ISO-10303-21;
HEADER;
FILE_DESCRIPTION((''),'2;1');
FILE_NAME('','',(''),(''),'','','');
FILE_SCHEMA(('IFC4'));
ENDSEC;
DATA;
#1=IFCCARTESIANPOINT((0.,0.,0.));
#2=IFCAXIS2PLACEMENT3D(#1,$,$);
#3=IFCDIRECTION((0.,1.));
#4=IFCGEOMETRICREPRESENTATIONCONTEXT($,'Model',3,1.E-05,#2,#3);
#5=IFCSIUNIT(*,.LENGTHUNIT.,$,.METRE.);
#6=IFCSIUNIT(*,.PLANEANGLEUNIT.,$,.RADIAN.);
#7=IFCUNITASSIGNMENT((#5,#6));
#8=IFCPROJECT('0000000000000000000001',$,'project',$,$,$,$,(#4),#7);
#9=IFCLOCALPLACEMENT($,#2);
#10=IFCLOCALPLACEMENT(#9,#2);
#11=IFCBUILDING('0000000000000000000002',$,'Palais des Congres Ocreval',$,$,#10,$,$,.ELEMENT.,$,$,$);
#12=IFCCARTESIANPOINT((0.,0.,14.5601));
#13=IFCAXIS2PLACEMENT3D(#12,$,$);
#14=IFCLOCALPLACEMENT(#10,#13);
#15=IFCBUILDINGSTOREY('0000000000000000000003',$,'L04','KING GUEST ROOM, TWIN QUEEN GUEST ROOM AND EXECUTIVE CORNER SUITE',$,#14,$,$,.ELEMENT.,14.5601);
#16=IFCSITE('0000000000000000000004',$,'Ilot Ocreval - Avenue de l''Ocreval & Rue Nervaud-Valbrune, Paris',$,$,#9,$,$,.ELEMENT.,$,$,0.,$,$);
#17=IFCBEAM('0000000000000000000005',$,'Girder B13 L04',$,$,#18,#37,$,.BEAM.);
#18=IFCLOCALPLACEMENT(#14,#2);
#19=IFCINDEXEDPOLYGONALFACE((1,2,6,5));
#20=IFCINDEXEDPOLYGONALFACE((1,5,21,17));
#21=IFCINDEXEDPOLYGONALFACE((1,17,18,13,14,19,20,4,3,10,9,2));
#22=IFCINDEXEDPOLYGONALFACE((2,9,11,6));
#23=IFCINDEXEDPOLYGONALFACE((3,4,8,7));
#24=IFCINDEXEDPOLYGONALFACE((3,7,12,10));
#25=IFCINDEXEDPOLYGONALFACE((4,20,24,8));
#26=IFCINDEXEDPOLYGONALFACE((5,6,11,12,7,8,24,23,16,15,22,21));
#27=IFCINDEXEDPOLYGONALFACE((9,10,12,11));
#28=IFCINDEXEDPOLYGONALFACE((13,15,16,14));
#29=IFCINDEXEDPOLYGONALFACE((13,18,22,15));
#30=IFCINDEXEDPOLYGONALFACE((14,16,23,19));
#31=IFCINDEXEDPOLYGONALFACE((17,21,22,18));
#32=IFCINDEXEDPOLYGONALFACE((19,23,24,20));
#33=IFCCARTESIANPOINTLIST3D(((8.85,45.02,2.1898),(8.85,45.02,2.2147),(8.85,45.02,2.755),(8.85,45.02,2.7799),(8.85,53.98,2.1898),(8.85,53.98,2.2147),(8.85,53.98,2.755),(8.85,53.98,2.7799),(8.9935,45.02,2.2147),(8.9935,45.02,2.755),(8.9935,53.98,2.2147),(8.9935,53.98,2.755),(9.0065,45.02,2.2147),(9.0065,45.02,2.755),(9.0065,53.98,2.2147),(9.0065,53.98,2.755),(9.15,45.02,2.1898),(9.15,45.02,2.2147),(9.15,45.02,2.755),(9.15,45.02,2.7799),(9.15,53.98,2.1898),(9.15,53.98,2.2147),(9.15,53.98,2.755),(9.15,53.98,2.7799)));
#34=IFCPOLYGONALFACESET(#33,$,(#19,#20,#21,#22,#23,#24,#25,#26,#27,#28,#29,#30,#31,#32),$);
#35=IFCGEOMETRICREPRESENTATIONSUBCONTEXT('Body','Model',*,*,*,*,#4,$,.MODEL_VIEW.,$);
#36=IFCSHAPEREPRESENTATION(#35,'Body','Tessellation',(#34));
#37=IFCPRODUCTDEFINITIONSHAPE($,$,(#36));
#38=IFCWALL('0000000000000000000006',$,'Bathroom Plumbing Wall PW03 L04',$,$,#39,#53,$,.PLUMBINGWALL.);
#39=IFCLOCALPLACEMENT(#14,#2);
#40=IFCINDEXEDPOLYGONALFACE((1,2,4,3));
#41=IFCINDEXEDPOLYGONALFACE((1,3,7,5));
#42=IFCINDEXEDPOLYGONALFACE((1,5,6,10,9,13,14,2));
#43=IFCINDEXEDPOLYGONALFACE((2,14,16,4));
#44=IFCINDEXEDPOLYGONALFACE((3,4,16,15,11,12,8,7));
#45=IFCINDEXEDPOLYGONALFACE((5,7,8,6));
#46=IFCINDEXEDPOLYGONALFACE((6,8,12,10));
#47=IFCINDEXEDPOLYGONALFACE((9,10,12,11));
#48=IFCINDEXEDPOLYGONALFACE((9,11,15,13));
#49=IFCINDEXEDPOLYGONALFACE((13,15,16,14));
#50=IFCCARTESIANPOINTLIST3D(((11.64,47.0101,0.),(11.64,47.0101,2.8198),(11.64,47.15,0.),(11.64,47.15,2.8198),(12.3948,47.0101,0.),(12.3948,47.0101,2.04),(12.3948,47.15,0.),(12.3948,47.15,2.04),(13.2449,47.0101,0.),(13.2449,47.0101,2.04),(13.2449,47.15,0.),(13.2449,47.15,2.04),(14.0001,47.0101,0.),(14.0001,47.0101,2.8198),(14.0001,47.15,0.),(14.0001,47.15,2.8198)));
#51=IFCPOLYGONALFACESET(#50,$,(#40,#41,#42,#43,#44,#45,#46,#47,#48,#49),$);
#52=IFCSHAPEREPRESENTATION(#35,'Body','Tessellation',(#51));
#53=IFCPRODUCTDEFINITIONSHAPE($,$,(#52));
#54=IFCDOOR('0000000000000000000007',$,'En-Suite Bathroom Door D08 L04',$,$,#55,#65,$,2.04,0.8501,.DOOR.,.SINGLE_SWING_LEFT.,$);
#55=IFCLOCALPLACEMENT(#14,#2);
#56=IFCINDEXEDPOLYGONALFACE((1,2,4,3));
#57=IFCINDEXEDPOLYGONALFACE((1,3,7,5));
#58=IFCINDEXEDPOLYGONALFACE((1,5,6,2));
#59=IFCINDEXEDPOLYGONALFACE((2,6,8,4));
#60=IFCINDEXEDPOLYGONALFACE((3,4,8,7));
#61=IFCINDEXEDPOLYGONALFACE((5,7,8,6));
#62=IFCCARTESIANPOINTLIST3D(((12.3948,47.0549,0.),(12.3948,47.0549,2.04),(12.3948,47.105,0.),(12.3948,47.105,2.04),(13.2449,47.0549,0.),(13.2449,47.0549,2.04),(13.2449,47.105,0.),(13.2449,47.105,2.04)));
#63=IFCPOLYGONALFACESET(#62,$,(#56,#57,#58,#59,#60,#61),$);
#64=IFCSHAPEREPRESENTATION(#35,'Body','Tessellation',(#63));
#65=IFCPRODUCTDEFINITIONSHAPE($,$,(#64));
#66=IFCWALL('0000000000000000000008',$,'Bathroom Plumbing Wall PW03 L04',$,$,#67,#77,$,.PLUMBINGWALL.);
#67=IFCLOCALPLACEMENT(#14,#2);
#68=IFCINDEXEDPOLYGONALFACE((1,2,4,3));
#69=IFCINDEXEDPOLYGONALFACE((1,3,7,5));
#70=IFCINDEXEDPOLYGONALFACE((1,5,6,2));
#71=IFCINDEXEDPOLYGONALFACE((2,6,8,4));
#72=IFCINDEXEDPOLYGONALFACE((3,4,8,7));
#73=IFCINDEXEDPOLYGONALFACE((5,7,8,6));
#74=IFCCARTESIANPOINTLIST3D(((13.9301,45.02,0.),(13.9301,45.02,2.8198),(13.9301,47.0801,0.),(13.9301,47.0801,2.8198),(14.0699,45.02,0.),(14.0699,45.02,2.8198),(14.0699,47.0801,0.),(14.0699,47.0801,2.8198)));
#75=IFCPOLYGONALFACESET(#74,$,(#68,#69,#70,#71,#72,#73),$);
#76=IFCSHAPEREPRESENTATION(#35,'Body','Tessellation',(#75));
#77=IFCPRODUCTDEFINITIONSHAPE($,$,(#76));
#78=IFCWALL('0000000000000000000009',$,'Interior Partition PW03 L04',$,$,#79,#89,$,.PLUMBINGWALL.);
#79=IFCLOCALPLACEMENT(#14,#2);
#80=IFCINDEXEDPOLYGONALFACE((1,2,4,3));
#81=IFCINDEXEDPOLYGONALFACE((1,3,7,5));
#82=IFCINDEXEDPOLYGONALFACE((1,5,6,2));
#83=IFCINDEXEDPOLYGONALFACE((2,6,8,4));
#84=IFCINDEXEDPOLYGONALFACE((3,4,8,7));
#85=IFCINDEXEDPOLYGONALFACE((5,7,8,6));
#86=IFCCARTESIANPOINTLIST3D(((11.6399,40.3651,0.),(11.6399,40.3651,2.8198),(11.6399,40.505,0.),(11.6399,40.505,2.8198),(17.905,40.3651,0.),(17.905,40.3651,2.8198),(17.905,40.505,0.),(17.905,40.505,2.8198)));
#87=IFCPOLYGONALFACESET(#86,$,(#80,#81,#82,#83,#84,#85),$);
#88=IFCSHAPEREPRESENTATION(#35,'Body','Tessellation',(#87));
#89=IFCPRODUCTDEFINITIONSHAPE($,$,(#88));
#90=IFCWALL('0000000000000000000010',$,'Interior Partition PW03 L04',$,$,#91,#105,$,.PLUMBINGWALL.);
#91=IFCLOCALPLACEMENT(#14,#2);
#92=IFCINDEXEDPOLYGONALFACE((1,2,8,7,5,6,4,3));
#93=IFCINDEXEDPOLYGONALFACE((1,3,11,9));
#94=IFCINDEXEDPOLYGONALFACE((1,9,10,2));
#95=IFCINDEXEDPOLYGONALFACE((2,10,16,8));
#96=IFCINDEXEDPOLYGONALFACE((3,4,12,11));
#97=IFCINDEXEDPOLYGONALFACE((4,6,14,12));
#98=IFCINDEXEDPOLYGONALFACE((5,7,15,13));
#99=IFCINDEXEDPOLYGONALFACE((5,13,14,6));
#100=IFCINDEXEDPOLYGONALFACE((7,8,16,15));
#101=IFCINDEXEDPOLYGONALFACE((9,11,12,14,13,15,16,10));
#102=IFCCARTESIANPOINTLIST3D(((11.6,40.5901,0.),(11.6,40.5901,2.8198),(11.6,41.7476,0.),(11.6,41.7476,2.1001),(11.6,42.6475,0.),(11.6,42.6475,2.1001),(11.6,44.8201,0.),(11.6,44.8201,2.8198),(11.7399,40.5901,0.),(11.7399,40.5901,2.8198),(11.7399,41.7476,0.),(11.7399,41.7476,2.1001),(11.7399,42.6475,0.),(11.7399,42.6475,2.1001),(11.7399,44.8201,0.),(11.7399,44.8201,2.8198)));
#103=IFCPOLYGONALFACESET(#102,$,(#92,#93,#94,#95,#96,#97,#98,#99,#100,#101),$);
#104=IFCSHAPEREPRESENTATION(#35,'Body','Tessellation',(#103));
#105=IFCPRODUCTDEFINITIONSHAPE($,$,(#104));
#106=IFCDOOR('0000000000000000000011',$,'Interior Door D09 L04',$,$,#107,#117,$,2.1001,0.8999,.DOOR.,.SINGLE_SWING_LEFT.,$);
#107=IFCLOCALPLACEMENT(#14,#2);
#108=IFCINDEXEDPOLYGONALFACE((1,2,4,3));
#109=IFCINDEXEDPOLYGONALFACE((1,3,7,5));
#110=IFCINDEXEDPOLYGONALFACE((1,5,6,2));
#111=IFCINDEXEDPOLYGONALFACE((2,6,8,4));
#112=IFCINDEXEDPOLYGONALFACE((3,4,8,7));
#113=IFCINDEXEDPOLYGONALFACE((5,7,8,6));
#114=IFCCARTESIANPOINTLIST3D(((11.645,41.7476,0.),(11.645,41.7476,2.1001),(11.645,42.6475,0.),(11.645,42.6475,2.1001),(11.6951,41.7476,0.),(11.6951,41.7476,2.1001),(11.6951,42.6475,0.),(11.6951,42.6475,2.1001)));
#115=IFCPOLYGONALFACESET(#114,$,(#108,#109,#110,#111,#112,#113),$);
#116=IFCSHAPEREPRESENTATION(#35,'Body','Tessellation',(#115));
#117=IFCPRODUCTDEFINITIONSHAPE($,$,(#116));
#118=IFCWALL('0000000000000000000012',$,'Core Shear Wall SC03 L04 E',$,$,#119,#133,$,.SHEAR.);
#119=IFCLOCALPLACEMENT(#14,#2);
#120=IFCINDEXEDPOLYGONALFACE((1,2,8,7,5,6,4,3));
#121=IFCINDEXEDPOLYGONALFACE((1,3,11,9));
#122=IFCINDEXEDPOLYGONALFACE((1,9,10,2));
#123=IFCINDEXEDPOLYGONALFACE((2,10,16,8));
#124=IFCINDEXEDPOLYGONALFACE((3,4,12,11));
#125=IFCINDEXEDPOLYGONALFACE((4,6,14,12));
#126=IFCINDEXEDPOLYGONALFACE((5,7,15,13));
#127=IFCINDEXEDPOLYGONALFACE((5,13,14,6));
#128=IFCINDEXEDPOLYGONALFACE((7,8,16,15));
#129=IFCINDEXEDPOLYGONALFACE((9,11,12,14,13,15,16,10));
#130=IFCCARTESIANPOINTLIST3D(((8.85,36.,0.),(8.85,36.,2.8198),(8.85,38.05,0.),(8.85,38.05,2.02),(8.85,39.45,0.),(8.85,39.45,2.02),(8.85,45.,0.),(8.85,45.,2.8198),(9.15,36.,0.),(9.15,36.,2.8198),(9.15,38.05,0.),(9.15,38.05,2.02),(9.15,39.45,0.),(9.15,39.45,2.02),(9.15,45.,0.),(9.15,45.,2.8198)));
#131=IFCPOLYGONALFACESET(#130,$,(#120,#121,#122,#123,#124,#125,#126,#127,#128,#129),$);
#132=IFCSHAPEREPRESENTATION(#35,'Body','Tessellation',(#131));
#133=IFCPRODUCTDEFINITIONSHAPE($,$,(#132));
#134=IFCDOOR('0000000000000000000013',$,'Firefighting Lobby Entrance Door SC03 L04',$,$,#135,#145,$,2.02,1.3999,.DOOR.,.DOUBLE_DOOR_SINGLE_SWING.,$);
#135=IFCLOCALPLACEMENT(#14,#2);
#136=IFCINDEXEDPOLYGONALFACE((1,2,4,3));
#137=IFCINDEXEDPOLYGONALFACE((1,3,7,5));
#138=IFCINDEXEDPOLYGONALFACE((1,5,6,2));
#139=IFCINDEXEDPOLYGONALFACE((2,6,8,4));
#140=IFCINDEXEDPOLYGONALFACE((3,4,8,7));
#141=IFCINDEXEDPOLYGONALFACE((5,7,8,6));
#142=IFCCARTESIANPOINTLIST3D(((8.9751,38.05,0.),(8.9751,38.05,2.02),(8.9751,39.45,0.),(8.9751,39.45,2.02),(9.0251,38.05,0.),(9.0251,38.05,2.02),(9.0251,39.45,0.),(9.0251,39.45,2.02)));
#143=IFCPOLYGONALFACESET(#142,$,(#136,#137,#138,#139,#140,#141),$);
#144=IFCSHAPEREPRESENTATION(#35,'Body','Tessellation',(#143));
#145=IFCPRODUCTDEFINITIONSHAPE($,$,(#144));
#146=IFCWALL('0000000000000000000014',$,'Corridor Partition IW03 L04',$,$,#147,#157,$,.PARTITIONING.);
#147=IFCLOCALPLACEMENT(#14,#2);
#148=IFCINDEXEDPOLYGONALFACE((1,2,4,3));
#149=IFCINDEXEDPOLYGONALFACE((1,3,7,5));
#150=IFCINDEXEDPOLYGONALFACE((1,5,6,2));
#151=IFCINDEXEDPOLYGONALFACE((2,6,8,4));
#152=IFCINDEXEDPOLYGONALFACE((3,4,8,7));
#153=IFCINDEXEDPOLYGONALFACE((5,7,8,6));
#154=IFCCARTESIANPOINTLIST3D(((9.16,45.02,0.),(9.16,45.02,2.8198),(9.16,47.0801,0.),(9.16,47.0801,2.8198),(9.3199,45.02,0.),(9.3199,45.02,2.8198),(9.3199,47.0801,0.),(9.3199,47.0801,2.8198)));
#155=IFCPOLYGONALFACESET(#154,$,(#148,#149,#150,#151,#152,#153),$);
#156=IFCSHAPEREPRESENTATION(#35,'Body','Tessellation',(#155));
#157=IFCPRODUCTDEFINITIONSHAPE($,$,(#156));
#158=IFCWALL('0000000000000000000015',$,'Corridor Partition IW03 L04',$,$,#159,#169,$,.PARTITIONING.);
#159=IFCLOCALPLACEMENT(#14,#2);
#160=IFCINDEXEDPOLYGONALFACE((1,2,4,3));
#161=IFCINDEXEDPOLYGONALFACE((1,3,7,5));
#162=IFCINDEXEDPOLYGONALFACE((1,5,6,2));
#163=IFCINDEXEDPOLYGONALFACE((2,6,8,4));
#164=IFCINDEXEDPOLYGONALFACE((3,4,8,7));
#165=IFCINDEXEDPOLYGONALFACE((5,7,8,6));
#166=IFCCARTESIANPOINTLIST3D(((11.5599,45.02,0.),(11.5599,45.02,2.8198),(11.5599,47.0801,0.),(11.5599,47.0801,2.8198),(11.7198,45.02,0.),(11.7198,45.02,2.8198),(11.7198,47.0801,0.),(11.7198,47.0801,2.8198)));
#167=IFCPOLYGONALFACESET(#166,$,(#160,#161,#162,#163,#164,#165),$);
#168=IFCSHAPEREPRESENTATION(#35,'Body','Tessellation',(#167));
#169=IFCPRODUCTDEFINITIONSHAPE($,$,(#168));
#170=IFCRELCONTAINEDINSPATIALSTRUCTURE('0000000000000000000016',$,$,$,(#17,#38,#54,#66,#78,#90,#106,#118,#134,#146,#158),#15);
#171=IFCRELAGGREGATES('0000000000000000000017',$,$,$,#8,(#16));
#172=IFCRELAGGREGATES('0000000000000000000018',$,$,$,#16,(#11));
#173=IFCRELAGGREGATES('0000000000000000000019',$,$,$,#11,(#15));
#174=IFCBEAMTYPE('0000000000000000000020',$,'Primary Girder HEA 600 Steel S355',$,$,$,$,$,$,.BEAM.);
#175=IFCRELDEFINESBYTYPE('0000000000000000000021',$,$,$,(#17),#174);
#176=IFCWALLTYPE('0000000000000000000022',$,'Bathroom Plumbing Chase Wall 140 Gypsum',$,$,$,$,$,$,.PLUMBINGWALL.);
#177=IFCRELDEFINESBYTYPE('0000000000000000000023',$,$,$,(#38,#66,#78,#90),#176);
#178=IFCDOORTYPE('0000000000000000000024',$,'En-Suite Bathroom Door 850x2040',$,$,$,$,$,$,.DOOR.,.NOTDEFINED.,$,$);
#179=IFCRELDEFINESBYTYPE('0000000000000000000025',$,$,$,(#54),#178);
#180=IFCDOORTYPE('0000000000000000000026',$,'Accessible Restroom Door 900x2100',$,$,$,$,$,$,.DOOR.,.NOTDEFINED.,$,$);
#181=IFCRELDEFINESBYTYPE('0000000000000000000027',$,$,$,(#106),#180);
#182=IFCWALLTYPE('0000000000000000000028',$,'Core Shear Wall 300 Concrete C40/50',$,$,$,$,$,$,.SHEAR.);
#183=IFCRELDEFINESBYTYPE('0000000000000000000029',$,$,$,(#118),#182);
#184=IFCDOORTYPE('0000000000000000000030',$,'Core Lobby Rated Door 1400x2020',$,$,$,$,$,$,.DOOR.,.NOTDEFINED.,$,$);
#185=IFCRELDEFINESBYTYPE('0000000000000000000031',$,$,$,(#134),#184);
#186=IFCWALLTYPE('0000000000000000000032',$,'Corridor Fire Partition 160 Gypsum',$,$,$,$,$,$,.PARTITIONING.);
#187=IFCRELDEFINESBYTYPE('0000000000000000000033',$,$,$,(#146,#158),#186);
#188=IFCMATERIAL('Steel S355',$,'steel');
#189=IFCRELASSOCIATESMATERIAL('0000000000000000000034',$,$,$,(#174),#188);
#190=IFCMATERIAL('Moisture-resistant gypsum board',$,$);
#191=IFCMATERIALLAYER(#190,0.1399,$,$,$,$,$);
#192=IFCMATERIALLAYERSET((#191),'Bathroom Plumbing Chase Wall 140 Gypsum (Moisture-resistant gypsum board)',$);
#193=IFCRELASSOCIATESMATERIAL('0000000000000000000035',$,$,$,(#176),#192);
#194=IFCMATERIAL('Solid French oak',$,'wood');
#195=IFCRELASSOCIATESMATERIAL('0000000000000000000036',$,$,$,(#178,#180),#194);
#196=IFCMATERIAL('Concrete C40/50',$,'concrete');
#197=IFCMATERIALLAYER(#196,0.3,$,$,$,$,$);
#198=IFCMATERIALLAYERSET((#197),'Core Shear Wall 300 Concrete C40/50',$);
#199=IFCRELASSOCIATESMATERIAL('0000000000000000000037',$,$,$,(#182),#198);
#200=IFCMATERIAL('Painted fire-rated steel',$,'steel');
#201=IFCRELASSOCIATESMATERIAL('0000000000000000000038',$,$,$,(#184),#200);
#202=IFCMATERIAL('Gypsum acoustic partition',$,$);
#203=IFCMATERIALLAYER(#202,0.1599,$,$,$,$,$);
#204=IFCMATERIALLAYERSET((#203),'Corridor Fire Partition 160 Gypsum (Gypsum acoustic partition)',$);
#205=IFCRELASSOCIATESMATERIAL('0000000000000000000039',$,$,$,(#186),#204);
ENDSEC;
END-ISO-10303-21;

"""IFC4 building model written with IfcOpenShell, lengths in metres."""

from ifc_helpers import new_model, si_unit, direction, frame, frame_2d, origin, origin_2d, place, context, subcontext, project, spatial, rectangle, i_section, extrude, material, layer, layer_set, material_profile, profile_set, type_object, element, fill, save


model = new_model("IFC4")

# Units and contexts
model_context = context("Model", 3, precision=1e-05, world=origin(), true_north=direction((0.0, 1.0)))
body_context = subcontext(model_context, "Body", "Model", "MODEL_VIEW")
ifc_project = project(units=[si_unit("LENGTHUNIT", "METRE"), si_unit("PLANEANGLEUNIT", "RADIAN")], contexts=[model_context])

# Site, building, storey
site_placement = place(None, origin())
site = spatial("IfcSite", under=ifc_project, at=site_placement, Name="Ilot Ocreval - Avenue de l'Ocreval & Rue Nervaud-Valbrune, Paris", CompositionType="ELEMENT", RefElevation=0.0)
building_placement = place(site_placement, origin())
building = spatial("IfcBuilding", under=site, at=building_placement, Name="Palais des Congres Ocreval", CompositionType="ELEMENT")
storey_placement = place(building_placement, frame((0.0, 0.0, 14.5601)))
storey = spatial("IfcBuildingStorey", under=building, at=storey_placement, Name="L04", Description="KING GUEST ROOM, TWIN QUEEN GUEST ROOM AND EXECUTIVE CORNER SUITE", CompositionType="ELEMENT", Elevation=14.5601)

# Shared definitions
ifc_material_1 = material(Name="Concrete C40/50", Category="concrete")

# Beam
ifc_material_2 = material(Name="Steel S355", Category="steel")
ifc_material_profile_1 = material_profile(ifc_material_2, i_section(OverallWidth=0.3, OverallDepth=0.5901, WebThickness=0.0129, FlangeThickness=0.0249, at=origin_2d()), Name="HEA 600")
ifc_profile_set_1 = profile_set([ifc_material_profile_1], Name="Steel S355")
beam_type_1 = type_object("IfcBeamType", Name="Primary Girder HEA 600 Steel S355", PredefinedType="BEAM", material=ifc_profile_set_1)
beam_1_placement = place(storey_placement, frame((9.0, 45.02, 2.4849), z_axis=(0.0, 1.0, 0.0), x_axis=(-1.0, 0.0, 0.0)))
element("IfcBeam", 1, at=beam_1_placement, inside=storey, type_object=beam_type_1, Name="Girder B13 L04", PredefinedType="BEAM", context=body_context, shape_type="SweptSolid", body=[
    extrude(i_section(OverallWidth=0.3, OverallDepth=0.5901, WebThickness=0.0129, FlangeThickness=0.0249, at=origin_2d()), origin(), (0.0, 0.0, 1.0), 8.96),
])

# Wall, opening, door
ifc_material_3 = material(Name="Moisture-resistant gypsum board")
ifc_layer_1 = layer(ifc_material_3, 0.1399)
ifc_layer_set_1 = layer_set([ifc_layer_1], Name="Bathroom Plumbing Chase Wall 140 Gypsum (Moisture-resistant gypsum board)")
wall_type_1 = type_object("IfcWallType", Name="Bathroom Plumbing Chase Wall 140 Gypsum", PredefinedType="PLUMBINGWALL", material=ifc_layer_set_1)
wall_1_placement = place(storey_placement, frame((11.6399, 47.0801, 0.0), z_axis=(0.0, 0.0, 1.0), x_axis=(1.0, 0.0, 0.0)))
wall_1 = element("IfcWall", 2, at=wall_1_placement, inside=storey, type_object=wall_type_1, Name="Bathroom Plumbing Wall PW03 L04", PredefinedType="PLUMBINGWALL", context=body_context, shape_type="SweptSolid", body=[
    extrude(rectangle(XDim=2.3601, YDim=0.1399, at=frame_2d((1.1802, 0.0))), origin(), (0.0, 0.0, 1.0), 2.8198),
])
opening_1_placement = place(wall_1_placement, frame((0.7549, 0.0, 0.0)))
opening_1 = element("IfcOpeningElement", 3, at=opening_1_placement, cuts=wall_1, PredefinedType="OPENING", context=body_context, shape_type="SweptSolid", body=[
    extrude(rectangle(XDim=0.8501, YDim=2.04, at=frame_2d((0.425, 1.02))), frame((0.0, 0.0798, 0.0), z_axis=(0.0, -1.0, 0.0), x_axis=(1.0, 0.0, 0.0)), (0.0, 0.0, 1.0), 0.1599),
])
ifc_material_4 = material(Name="Solid French oak", Category="wood")
door_type_1 = type_object("IfcDoorType", Name="En-Suite Bathroom Door 850x2040", OperationType="NOTDEFINED", PredefinedType="DOOR", material=ifc_material_4)
door_1_placement = place(opening_1_placement, origin())
door_1 = element("IfcDoor", 4, at=door_1_placement, inside=storey, type_object=door_type_1, Name="En-Suite Bathroom Door D08 L04", OperationType="SINGLE_SWING_LEFT", OverallHeight=2.04, OverallWidth=0.8501, PredefinedType="DOOR", context=body_context, shape_type="SweptSolid", body=[
    extrude(rectangle(XDim=0.8501, YDim=2.04, at=frame_2d((0.425, 1.02))), frame((0.0, 0.0249, 0.0), z_axis=(0.0, -1.0, 0.0), x_axis=(1.0, 0.0, 0.0)), (0.0, 0.0, 1.0), 0.05),
])
fill(opening_1, door_1)

# Walls
wall_2_placement = place(storey_placement, frame((14.0, 45.02, 0.0), z_axis=(0.0, 0.0, 1.0), x_axis=(0.0, 1.0, 0.0)))
element("IfcWall", 5, at=wall_2_placement, inside=storey, type_object=wall_type_1, Name="Bathroom Plumbing Wall PW03 L04", PredefinedType="PLUMBINGWALL", context=body_context, shape_type="SweptSolid", body=[
    extrude(rectangle(XDim=2.0601, YDim=0.1399, at=frame_2d((1.03, 0.0))), origin(), (0.0, 0.0, 1.0), 2.8198),
])
wall_3_placement = place(storey_placement, frame((11.6399, 40.4351, 0.0), z_axis=(0.0, 0.0, 1.0), x_axis=(1.0, 0.0, 0.0)))
element("IfcWall", 6, at=wall_3_placement, inside=storey, type_object=wall_type_1, Name="Interior Partition PW03 L04", PredefinedType="PLUMBINGWALL", context=body_context, shape_type="SweptSolid", body=[
    extrude(rectangle(XDim=6.2651, YDim=0.1399, at=frame_2d((3.1326, 0.0))), origin(), (0.0, 0.0, 1.0), 2.8198),
])

# Walls, openings, doors
wall_4_placement = place(storey_placement, frame((11.6699, 40.5901, 0.0), z_axis=(0.0, 0.0, 1.0), x_axis=(0.0, 1.0, 0.0)))
wall_4 = element("IfcWall", 7, at=wall_4_placement, inside=storey, type_object=wall_type_1, Name="Interior Partition PW03 L04", PredefinedType="PLUMBINGWALL", context=body_context, shape_type="SweptSolid", body=[
    extrude(rectangle(XDim=4.23, YDim=0.1399, at=frame_2d((2.115, 0.0))), origin(), (0.0, 0.0, 1.0), 2.8198),
])
opening_2_placement = place(wall_4_placement, frame((1.1575, 0.0, 0.0)))
opening_2 = element("IfcOpeningElement", 8, at=opening_2_placement, cuts=wall_4, PredefinedType="OPENING", context=body_context, shape_type="SweptSolid", body=[
    extrude(rectangle(XDim=0.8999, YDim=2.1001, at=frame_2d((0.45, 1.05))), frame((0.0, 0.0798, 0.0), z_axis=(0.0, -1.0, 0.0), x_axis=(1.0, 0.0, 0.0)), (0.0, 0.0, 1.0), 0.1599),
])
door_type_2 = type_object("IfcDoorType", Name="Accessible Restroom Door 900x2100", OperationType="NOTDEFINED", PredefinedType="DOOR", material=ifc_material_4)
door_2_placement = place(opening_2_placement, origin())
door_2 = element("IfcDoor", 9, at=door_2_placement, inside=storey, type_object=door_type_2, Name="Interior Door D09 L04", OperationType="SINGLE_SWING_LEFT", OverallHeight=2.1001, OverallWidth=0.8999, PredefinedType="DOOR", context=body_context, shape_type="SweptSolid", body=[
    extrude(rectangle(XDim=0.8999, YDim=2.1001, at=frame_2d((0.45, 1.05))), frame((0.0, 0.0249, 0.0), z_axis=(0.0, -1.0, 0.0), x_axis=(1.0, 0.0, 0.0)), (0.0, 0.0, 1.0), 0.05),
])
fill(opening_2, door_2)
ifc_layer_2 = layer(ifc_material_1, 0.3)
ifc_layer_set_2 = layer_set([ifc_layer_2], Name="Core Shear Wall 300 Concrete C40/50")
wall_type_2 = type_object("IfcWallType", Name="Core Shear Wall 300 Concrete C40/50", PredefinedType="SHEAR", material=ifc_layer_set_2)
wall_5_placement = place(storey_placement, frame((9.0, 36.0, 0.0), z_axis=(0.0, 0.0, 1.0), x_axis=(0.0, 1.0, 0.0)))
wall_5 = element("IfcWall", 10, at=wall_5_placement, inside=storey, type_object=wall_type_2, Name="Core Shear Wall SC03 L04 E", PredefinedType="SHEAR", context=body_context, shape_type="SweptSolid", body=[
    extrude(rectangle(XDim=9.0, YDim=0.3, at=frame_2d((4.5, 0.0))), origin(), (0.0, 0.0, 1.0), 2.8198),
])
opening_3_placement = place(wall_5_placement, frame((2.05, 0.0, 0.0)))
opening_3 = element("IfcOpeningElement", 11, at=opening_3_placement, cuts=wall_5, PredefinedType="OPENING", context=body_context, shape_type="SweptSolid", body=[
    extrude(rectangle(XDim=1.3999, YDim=2.02, at=frame_2d((0.7, 1.01))), frame((0.0, 0.1599, 0.0), z_axis=(0.0, -1.0, 0.0), x_axis=(1.0, 0.0, 0.0)), (0.0, 0.0, 1.0), 0.3201),
])
ifc_material_5 = material(Name="Painted fire-rated steel", Category="steel")
door_type_3 = type_object("IfcDoorType", Name="Core Lobby Rated Door 1400x2020", OperationType="NOTDEFINED", PredefinedType="DOOR", material=ifc_material_5)
door_3_placement = place(opening_3_placement, origin())
door_3 = element("IfcDoor", 12, at=door_3_placement, inside=storey, type_object=door_type_3, Name="Firefighting Lobby Entrance Door SC03 L04", OperationType="DOUBLE_DOOR_SINGLE_SWING", OverallHeight=2.02, OverallWidth=1.3999, PredefinedType="DOOR", context=body_context, shape_type="SweptSolid", body=[
    extrude(rectangle(XDim=1.3999, YDim=2.02, at=frame_2d((0.7, 1.01))), frame((0.0, 0.0249, 0.0), z_axis=(0.0, -1.0, 0.0), x_axis=(1.0, 0.0, 0.0)), (0.0, 0.0, 1.0), 0.05),
])
fill(opening_3, door_3)

# Walls
ifc_material_6 = material(Name="Gypsum acoustic partition")
ifc_layer_3 = layer(ifc_material_6, 0.1599)
ifc_layer_set_3 = layer_set([ifc_layer_3], Name="Corridor Fire Partition 160 Gypsum (Gypsum acoustic partition)")
wall_type_3 = type_object("IfcWallType", Name="Corridor Fire Partition 160 Gypsum", PredefinedType="PARTITIONING", material=ifc_layer_set_3)
for number, where, z_axis, x_axis, name in (
    (13, (9.24, 45.02, 0.0), (0.0, 0.0, 1.0), (0.0, 1.0, 0.0), "Corridor Partition IW03 L04"),
    (14, (11.6399, 45.02, 0.0), (0.0, 0.0, 1.0), (0.0, 1.0, 0.0), "Corridor Partition IW03 L04"),
):
    element("IfcWall", number, at=place(storey_placement, frame(where, z_axis=z_axis, x_axis=x_axis)), inside=storey, type_object=wall_type_3, Name=name, PredefinedType="PARTITIONING", context=body_context, shape_type="SweptSolid", body=[
        extrude(rectangle(XDim=2.0601, YDim=0.1599, at=frame_2d((1.03, 0.0))), origin(), (0.0, 0.0, 1.0), 2.8198),
    ])

save(model, "model.ifc")
